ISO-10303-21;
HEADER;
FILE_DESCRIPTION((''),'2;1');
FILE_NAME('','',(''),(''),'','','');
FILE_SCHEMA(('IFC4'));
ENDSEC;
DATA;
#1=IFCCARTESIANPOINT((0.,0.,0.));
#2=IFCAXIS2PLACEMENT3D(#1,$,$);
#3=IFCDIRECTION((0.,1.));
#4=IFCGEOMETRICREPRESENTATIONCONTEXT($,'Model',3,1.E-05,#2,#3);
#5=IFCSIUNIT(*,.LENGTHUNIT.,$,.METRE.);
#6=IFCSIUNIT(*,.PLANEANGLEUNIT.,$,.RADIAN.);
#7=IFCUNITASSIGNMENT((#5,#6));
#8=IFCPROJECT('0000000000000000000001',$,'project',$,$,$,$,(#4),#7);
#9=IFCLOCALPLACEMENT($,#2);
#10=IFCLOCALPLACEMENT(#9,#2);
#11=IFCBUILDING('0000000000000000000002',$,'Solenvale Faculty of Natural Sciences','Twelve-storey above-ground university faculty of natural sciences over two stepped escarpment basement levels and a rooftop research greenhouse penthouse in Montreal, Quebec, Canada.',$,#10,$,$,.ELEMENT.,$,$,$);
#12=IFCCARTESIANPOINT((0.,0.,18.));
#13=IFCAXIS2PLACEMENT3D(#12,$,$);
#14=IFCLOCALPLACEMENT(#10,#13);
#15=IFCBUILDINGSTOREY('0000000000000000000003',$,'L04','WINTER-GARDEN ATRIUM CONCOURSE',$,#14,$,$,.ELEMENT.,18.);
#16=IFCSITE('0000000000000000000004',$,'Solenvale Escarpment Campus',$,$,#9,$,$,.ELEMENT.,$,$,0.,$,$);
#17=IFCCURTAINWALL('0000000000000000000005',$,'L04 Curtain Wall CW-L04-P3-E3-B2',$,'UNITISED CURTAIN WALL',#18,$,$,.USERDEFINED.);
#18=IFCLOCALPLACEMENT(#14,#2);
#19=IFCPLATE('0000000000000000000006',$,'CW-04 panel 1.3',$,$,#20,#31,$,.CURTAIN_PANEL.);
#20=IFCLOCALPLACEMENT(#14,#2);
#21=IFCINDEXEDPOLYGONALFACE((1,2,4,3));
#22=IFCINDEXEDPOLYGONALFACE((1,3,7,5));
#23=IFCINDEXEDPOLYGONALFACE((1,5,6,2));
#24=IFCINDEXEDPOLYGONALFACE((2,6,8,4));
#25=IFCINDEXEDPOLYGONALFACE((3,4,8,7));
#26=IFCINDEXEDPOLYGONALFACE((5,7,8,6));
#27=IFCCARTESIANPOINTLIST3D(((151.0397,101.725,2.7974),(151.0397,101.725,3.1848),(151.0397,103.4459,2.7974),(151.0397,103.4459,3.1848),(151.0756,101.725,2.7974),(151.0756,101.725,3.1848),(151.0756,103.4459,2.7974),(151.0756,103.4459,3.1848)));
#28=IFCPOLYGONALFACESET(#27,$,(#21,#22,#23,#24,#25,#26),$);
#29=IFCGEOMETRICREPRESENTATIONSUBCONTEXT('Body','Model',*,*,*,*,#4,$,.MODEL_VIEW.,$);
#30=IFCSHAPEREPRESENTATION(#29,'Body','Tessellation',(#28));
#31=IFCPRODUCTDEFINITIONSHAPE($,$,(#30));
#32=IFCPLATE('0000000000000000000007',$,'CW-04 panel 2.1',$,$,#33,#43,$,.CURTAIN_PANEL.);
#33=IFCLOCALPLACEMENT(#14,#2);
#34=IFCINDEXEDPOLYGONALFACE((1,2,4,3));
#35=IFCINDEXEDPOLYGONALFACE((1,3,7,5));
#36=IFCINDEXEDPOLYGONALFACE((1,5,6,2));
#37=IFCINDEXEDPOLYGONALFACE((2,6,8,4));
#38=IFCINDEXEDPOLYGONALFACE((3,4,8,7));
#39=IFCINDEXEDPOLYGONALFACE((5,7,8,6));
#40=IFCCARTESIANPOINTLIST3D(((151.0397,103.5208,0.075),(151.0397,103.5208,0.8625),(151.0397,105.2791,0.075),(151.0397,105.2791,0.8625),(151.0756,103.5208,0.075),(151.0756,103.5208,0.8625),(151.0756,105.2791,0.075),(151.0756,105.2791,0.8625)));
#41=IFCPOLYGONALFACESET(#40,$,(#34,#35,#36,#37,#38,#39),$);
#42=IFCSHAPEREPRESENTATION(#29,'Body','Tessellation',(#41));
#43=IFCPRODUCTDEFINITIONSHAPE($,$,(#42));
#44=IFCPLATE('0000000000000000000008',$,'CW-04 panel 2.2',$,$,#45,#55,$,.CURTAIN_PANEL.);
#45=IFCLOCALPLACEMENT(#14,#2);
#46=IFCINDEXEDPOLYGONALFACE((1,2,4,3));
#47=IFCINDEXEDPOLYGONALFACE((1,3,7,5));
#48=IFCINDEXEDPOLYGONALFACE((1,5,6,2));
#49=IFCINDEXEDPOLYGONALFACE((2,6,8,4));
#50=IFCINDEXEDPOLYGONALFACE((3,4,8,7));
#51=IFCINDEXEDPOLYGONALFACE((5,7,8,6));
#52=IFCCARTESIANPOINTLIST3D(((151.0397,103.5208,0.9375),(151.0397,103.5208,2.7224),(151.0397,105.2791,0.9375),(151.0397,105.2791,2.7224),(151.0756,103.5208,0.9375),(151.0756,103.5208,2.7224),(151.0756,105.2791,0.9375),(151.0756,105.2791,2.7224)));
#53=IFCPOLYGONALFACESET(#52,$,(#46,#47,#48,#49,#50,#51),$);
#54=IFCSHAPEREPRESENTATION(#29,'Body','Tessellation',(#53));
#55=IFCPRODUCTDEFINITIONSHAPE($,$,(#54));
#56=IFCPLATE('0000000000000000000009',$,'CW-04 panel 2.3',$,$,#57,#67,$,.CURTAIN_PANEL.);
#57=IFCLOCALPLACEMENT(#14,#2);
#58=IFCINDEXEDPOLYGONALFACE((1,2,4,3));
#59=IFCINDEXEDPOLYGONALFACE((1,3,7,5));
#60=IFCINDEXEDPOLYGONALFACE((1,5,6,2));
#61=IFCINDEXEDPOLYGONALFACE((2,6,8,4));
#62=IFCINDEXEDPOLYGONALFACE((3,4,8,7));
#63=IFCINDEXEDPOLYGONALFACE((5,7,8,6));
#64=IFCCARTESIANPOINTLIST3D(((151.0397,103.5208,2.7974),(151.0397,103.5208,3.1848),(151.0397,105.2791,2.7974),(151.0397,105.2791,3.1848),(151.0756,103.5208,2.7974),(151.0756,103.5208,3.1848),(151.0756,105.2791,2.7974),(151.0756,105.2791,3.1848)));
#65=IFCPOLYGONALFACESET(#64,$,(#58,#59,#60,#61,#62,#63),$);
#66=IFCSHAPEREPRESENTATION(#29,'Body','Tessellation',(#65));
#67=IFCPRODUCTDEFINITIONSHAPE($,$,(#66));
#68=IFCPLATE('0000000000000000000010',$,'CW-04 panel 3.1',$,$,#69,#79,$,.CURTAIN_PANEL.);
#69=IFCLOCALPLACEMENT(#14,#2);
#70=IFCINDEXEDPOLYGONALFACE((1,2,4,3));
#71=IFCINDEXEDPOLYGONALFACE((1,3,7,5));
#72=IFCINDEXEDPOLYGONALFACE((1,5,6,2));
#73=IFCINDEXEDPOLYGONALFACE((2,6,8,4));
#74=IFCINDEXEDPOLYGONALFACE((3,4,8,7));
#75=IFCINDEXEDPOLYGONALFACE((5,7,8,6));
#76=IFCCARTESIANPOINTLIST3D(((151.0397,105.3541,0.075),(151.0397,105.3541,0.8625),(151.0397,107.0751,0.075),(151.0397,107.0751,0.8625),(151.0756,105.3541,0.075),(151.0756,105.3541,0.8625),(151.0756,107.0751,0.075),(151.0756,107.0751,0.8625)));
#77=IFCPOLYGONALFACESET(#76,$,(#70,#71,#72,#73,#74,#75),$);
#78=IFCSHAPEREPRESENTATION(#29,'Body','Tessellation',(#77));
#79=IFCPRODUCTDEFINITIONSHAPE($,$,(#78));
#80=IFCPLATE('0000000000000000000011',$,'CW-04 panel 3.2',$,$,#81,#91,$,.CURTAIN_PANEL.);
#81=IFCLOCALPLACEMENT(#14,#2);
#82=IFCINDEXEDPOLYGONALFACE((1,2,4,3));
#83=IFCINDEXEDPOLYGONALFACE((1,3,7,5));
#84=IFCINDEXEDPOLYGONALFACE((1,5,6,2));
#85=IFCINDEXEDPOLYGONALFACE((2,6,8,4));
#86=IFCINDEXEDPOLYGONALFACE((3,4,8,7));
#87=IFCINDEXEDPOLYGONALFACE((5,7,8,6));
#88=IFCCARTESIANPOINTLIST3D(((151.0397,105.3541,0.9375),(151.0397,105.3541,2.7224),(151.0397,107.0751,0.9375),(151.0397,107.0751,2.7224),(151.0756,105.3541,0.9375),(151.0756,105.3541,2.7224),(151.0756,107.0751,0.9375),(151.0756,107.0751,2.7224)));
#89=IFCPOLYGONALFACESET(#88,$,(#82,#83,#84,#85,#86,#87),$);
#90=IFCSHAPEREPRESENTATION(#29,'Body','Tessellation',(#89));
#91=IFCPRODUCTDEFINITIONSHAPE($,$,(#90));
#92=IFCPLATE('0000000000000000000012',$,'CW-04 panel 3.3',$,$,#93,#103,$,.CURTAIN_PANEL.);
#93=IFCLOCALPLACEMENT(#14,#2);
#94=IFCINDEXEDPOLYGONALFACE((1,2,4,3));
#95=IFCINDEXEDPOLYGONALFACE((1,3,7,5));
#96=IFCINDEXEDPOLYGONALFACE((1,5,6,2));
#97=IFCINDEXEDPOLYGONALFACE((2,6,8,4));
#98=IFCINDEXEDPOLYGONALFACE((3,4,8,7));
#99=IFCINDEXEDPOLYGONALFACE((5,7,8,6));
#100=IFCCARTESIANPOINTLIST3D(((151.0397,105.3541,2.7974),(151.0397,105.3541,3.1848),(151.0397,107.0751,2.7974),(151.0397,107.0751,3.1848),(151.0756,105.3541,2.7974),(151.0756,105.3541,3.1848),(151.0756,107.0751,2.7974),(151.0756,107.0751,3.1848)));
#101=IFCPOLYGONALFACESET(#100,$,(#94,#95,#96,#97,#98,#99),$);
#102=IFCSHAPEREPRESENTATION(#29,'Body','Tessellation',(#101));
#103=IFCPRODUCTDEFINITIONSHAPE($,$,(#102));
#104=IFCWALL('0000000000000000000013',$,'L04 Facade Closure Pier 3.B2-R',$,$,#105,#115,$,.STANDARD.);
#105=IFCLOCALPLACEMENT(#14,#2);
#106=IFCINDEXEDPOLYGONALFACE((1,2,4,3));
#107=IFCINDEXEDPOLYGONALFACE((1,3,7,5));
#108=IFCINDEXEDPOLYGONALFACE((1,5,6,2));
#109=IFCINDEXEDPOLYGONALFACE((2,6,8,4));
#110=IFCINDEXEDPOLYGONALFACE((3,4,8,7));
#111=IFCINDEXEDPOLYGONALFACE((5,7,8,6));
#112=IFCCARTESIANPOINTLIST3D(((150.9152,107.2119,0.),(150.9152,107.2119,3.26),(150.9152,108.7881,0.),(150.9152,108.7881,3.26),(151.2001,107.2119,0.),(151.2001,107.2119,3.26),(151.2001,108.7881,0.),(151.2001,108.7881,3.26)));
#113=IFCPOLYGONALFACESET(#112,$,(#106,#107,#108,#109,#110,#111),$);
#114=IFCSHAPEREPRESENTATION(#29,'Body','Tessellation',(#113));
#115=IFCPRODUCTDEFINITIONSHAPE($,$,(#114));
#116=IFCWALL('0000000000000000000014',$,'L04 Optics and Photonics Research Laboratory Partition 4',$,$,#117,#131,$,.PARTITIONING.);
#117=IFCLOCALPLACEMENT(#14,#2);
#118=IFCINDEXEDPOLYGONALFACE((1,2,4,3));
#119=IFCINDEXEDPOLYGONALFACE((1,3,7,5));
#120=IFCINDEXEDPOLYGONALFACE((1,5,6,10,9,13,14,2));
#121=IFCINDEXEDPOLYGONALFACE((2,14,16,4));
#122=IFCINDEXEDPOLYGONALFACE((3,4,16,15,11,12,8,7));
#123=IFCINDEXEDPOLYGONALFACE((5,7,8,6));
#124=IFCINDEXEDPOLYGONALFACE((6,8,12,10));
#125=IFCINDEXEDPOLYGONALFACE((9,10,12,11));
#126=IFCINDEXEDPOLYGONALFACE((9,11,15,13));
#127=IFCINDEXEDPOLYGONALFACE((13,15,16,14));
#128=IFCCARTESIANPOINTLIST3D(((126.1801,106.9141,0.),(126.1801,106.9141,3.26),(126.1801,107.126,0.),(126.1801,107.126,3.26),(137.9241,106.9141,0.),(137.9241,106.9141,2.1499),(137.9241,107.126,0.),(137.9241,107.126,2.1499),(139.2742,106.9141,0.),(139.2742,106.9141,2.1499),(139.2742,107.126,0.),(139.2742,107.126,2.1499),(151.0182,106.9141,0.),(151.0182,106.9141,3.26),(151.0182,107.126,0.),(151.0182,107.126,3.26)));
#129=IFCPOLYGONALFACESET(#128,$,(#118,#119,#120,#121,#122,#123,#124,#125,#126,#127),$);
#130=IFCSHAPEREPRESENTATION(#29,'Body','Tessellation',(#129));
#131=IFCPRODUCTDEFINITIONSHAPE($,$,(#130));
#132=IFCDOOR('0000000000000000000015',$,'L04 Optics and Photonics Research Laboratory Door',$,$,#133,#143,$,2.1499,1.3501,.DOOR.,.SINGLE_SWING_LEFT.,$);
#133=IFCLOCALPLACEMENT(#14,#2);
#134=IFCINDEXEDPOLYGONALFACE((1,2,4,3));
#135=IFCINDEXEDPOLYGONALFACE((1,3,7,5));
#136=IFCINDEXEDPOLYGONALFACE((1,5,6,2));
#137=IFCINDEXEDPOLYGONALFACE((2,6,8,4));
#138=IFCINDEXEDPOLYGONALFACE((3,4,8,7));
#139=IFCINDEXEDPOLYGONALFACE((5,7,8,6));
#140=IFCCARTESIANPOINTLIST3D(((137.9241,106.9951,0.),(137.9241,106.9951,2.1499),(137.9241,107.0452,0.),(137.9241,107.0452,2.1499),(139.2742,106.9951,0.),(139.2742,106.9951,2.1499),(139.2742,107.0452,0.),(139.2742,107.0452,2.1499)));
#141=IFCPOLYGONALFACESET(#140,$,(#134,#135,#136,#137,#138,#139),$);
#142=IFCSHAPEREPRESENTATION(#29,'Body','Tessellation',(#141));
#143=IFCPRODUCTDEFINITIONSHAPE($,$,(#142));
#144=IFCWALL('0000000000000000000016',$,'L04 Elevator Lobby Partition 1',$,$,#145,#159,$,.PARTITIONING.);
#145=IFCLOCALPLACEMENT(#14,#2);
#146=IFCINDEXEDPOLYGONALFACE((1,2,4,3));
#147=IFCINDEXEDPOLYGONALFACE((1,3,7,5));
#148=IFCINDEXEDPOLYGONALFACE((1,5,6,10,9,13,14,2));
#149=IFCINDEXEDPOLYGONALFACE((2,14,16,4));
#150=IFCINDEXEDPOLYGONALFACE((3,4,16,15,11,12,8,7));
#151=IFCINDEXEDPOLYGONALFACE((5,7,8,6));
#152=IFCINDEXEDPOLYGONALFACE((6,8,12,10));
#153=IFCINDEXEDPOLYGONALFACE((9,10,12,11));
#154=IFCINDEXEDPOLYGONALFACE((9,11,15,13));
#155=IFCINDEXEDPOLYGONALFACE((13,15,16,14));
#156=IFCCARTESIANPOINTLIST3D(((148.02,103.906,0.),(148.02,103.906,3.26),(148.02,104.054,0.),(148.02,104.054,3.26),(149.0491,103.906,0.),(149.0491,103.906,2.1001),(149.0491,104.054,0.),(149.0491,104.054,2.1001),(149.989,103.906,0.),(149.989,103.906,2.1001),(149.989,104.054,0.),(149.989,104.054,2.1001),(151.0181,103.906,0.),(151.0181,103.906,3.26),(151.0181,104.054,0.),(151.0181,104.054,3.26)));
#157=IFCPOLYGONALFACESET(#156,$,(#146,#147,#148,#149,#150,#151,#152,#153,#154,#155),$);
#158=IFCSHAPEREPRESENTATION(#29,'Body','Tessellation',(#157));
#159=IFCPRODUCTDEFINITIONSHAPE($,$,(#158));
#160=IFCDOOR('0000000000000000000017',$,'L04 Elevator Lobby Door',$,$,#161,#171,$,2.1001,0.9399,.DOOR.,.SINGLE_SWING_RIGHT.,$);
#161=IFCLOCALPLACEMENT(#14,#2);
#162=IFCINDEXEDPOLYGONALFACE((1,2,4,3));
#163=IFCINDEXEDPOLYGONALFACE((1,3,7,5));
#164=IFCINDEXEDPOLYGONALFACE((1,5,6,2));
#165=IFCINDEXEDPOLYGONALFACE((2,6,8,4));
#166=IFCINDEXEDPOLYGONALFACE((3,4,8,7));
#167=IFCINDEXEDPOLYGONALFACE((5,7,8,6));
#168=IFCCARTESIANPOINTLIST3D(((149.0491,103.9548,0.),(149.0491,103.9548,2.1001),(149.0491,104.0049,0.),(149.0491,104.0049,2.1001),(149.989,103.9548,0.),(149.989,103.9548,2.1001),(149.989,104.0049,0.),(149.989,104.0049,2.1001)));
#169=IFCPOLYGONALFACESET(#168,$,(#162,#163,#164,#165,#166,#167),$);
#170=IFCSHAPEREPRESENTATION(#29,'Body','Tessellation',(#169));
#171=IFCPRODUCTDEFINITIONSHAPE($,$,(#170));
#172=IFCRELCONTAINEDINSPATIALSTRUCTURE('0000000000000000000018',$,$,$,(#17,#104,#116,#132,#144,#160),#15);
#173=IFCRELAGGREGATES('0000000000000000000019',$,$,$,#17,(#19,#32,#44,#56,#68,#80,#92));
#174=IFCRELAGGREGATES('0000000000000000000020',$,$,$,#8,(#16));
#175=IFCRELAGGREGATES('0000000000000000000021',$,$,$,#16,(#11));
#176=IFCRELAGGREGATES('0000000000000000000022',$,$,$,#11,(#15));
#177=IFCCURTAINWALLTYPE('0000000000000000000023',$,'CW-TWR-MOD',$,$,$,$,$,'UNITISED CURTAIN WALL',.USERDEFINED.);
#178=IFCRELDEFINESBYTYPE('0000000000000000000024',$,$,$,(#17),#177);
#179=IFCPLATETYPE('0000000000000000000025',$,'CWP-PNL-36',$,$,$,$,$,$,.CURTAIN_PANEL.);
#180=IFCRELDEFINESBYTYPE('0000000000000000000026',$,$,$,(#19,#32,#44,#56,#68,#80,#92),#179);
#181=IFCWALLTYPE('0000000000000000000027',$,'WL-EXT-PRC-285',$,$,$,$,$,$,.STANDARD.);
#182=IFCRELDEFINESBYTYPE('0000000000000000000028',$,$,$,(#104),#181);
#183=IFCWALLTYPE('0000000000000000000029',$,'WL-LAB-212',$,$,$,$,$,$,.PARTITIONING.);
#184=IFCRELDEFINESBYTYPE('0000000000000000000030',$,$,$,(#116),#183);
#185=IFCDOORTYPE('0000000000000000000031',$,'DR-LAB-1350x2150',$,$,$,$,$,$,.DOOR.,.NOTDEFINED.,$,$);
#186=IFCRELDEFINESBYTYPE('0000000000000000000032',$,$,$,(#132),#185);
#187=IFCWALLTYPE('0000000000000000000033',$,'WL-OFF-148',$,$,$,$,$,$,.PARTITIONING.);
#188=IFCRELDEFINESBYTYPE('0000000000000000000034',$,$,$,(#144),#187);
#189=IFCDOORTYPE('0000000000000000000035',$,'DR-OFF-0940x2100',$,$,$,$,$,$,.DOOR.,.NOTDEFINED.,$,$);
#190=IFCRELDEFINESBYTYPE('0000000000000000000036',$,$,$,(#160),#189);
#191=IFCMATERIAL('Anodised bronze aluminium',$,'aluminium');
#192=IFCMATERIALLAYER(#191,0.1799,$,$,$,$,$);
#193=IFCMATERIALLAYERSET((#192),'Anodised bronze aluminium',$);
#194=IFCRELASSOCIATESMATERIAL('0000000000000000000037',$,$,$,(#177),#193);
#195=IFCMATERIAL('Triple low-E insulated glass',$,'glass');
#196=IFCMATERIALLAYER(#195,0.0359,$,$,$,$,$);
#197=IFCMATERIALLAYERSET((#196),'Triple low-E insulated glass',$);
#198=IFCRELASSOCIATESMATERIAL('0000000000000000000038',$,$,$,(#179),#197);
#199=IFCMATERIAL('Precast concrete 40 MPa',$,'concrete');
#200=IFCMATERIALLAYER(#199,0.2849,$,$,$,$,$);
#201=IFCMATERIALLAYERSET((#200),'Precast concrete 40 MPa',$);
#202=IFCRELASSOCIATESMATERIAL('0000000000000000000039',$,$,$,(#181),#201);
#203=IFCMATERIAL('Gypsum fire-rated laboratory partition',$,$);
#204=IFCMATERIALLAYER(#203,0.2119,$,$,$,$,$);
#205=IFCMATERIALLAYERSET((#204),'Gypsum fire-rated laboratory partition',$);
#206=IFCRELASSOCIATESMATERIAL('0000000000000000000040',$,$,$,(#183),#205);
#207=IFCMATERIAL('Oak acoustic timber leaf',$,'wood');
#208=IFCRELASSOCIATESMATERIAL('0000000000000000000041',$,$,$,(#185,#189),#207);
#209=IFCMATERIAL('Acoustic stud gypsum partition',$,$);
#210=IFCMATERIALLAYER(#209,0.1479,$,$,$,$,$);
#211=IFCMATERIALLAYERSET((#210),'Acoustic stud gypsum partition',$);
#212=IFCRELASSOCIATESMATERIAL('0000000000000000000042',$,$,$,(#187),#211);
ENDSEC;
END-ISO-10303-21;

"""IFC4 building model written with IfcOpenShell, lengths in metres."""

from ifc_helpers import new_model, si_unit, direction, frame, frame_2d, origin, origin_2d, place, context, subcontext, project, spatial, rectangle, extrude, material, layer, layer_set, type_object, element, fill, aggregate, save


model = new_model("IFC4")

# Units and contexts
model_context = context("Model", 3, precision=1e-05, world=origin(), true_north=direction((0.0, 1.0)))
body_context = subcontext(model_context, "Body", "Model", "MODEL_VIEW")
ifc_project = project(units=[si_unit("LENGTHUNIT", "METRE"), si_unit("PLANEANGLEUNIT", "RADIAN")], contexts=[model_context])

# Site, building, storey
site_placement = place(None, origin())
site = spatial("IfcSite", under=ifc_project, at=site_placement, Name="Solenvale Escarpment Campus", CompositionType="ELEMENT", RefElevation=0.0)
building_placement = place(site_placement, origin())
building = spatial("IfcBuilding", under=site, at=building_placement, Name="Solenvale Faculty of Natural Sciences", Description="Twelve-storey above-ground university faculty of natural sciences over two stepped escarpment basement levels and a rooftop research greenhouse penthouse in Montreal, Quebec, Canada.", CompositionType="ELEMENT")
storey_placement = place(building_placement, frame((0.0, 0.0, 18.0)))
storey = spatial("IfcBuildingStorey", under=building, at=storey_placement, Name="L04", Description="WINTER-GARDEN ATRIUM CONCOURSE", CompositionType="ELEMENT", Elevation=18.0)

# Curtain wall
ifc_material_1 = material(Name="Anodised bronze aluminium", Category="aluminium")
ifc_layer_1 = layer(ifc_material_1, 0.1799)
ifc_layer_set_1 = layer_set([ifc_layer_1], Name="Anodised bronze aluminium")
curtain_wall_type = type_object("IfcCurtainWallType", Name="CW-TWR-MOD", ElementType="UNITISED CURTAIN WALL", PredefinedType="USERDEFINED", material=ifc_layer_set_1)
curtain_wall_1_placement = place(storey_placement, origin())
curtain_wall_1 = element("IfcCurtainWall", 1, at=curtain_wall_1_placement, inside=storey, type_object=curtain_wall_type, Name="L04 Curtain Wall CW-L04-P3-E3-B2", ObjectType="UNITISED CURTAIN WALL", PredefinedType="USERDEFINED")

# Plates
ifc_material_2 = material(Name="Triple low-E insulated glass", Category="glass")
ifc_layer_2 = layer(ifc_material_2, 0.0359)
ifc_layer_set_2 = layer_set([ifc_layer_2], Name="Triple low-E insulated glass")
plate_type = type_object("IfcPlateType", Name="CWP-PNL-36", PredefinedType="CURTAIN_PANEL", material=ifc_layer_set_2)
plate_1_placement = place(storey_placement, frame((151.0576, 102.5854, 2.7974), z_axis=(0.0, 0.0, 1.0), x_axis=(0.0, 1.0, 0.0)))
plate_1 = element("IfcPlate", 2, at=plate_1_placement, type_object=plate_type, Name="CW-04 panel 1.3", PredefinedType="CURTAIN_PANEL", context=body_context, shape_type="SweptSolid", body=[
    extrude(rectangle(XDim=1.7209, YDim=0.0359, at=origin_2d()), origin(), (0.0, 0.0, 1.0), 0.3875),
])
plate_2_placement = place(storey_placement, frame((151.0576, 104.3999, 0.075), z_axis=(0.0, 0.0, 1.0), x_axis=(0.0, 1.0, 0.0)))
plate_2 = element("IfcPlate", 3, at=plate_2_placement, type_object=plate_type, Name="CW-04 panel 2.1", PredefinedType="CURTAIN_PANEL", context=body_context, shape_type="SweptSolid", body=[
    extrude(rectangle(XDim=1.7583, YDim=0.0359, at=origin_2d()), origin(), (0.0, 0.0, 1.0), 0.7876),
])
plate_3_placement = place(storey_placement, frame((151.0576, 104.3999, 0.9375), z_axis=(0.0, 0.0, 1.0), x_axis=(0.0, 1.0, 0.0)))
plate_3 = element("IfcPlate", 4, at=plate_3_placement, type_object=plate_type, Name="CW-04 panel 2.2", PredefinedType="CURTAIN_PANEL", context=body_context, shape_type="SweptSolid", body=[
    extrude(rectangle(XDim=1.7583, YDim=0.0359, at=origin_2d()), origin(), (0.0, 0.0, 1.0), 1.7849),
])
plate_4_placement = place(storey_placement, frame((151.0576, 104.3999, 2.7974), z_axis=(0.0, 0.0, 1.0), x_axis=(0.0, 1.0, 0.0)))
plate_4 = element("IfcPlate", 5, at=plate_4_placement, type_object=plate_type, Name="CW-04 panel 2.3", PredefinedType="CURTAIN_PANEL", context=body_context, shape_type="SweptSolid", body=[
    extrude(rectangle(XDim=1.7583, YDim=0.0359, at=origin_2d()), origin(), (0.0, 0.0, 1.0), 0.3875),
])
plate_5_placement = place(storey_placement, frame((151.0576, 106.2146, 0.075), z_axis=(0.0, 0.0, 1.0), x_axis=(0.0, 1.0, 0.0)))
plate_5 = element("IfcPlate", 6, at=plate_5_placement, type_object=plate_type, Name="CW-04 panel 3.1", PredefinedType="CURTAIN_PANEL", context=body_context, shape_type="SweptSolid", body=[
    extrude(rectangle(XDim=1.7209, YDim=0.0359, at=origin_2d()), origin(), (0.0, 0.0, 1.0), 0.7876),
])
plate_6_placement = place(storey_placement, frame((151.0576, 106.2146, 0.9375), z_axis=(0.0, 0.0, 1.0), x_axis=(0.0, 1.0, 0.0)))
plate_6 = element("IfcPlate", 7, at=plate_6_placement, type_object=plate_type, Name="CW-04 panel 3.2", PredefinedType="CURTAIN_PANEL", context=body_context, shape_type="SweptSolid", body=[
    extrude(rectangle(XDim=1.7209, YDim=0.0359, at=origin_2d()), origin(), (0.0, 0.0, 1.0), 1.7849),
])
plate_7_placement = place(storey_placement, frame((151.0576, 106.2146, 2.7974), z_axis=(0.0, 0.0, 1.0), x_axis=(0.0, 1.0, 0.0)))
plate_7 = element("IfcPlate", 8, at=plate_7_placement, type_object=plate_type, Name="CW-04 panel 3.3", PredefinedType="CURTAIN_PANEL", context=body_context, shape_type="SweptSolid", body=[
    extrude(rectangle(XDim=1.7209, YDim=0.0359, at=origin_2d()), origin(), (0.0, 0.0, 1.0), 0.3875),
])
aggregate(curtain_wall_1, [plate_1, plate_2, plate_3, plate_4, plate_5, plate_6, plate_7])

# Wall
ifc_material_3 = material(Name="Precast concrete 40 MPa", Category="concrete")
ifc_layer_3 = layer(ifc_material_3, 0.2849)
ifc_layer_set_3 = layer_set([ifc_layer_3], Name="Precast concrete 40 MPa")
wall_type_1 = type_object("IfcWallType", Name="WL-EXT-PRC-285", PredefinedType="STANDARD", material=ifc_layer_set_3)
wall_1_placement = place(storey_placement, frame((151.0576, 107.2119, 0.0), z_axis=(0.0, 0.0, 1.0), x_axis=(0.0, 1.0, 0.0)))
element("IfcWall", 9, at=wall_1_placement, inside=storey, type_object=wall_type_1, Name="L04 Facade Closure Pier 3.B2-R", PredefinedType="STANDARD", context=body_context, shape_type="SweptSolid", body=[
    extrude(rectangle(XDim=1.5762, YDim=0.2849, at=frame_2d((0.7881, 0.0))), origin(), (0.0, 0.0, 1.0), 3.26),
])

# Walls, openings, doors
ifc_material_4 = material(Name="Gypsum fire-rated laboratory partition")
ifc_layer_4 = layer(ifc_material_4, 0.2119)
ifc_layer_set_4 = layer_set([ifc_layer_4], Name="Gypsum fire-rated laboratory partition")
wall_type_2 = type_object("IfcWallType", Name="WL-LAB-212", PredefinedType="PARTITIONING", material=ifc_layer_set_4)
wall_2_placement = place(storey_placement, frame((151.0181, 107.02, 0.0), z_axis=(0.0, 0.0, 1.0), x_axis=(-1.0, 0.0, 0.0)))
wall_2 = element("IfcWall", 10, at=wall_2_placement, inside=storey, type_object=wall_type_2, Name="L04 Optics and Photonics Research Laboratory Partition 4", PredefinedType="PARTITIONING", context=body_context, shape_type="SweptSolid", body=[
    extrude(rectangle(XDim=24.8381, YDim=0.2119, at=frame_2d((12.4189, 0.0))), origin(), (0.0, 0.0, 1.0), 3.26),
])
opening_1_placement = place(wall_2_placement, frame((11.7439, 0.0, 0.0)))
opening_1 = element("IfcOpeningElement", 11, at=opening_1_placement, cuts=wall_2, PredefinedType="OPENING", context=body_context, shape_type="SweptSolid", body=[
    extrude(rectangle(XDim=1.3501, YDim=2.1499, at=frame_2d((0.675, 1.075))), frame((0.0, 0.116, 0.0), z_axis=(0.0, -1.0, 0.0), x_axis=(1.0, 0.0, 0.0)), (0.0, 0.0, 1.0), 0.2319),
])
ifc_material_5 = material(Name="Oak acoustic timber leaf", Category="wood")
door_type_1 = type_object("IfcDoorType", Name="DR-LAB-1350x2150", OperationType="NOTDEFINED", PredefinedType="DOOR", material=ifc_material_5)
door_1_placement = place(opening_1_placement, origin())
door_1 = element("IfcDoor", 12, at=door_1_placement, inside=storey, type_object=door_type_1, Name="L04 Optics and Photonics Research Laboratory Door", OperationType="SINGLE_SWING_LEFT", OverallHeight=2.1499, OverallWidth=1.3501, PredefinedType="DOOR", context=body_context, shape_type="SweptSolid", body=[
    extrude(rectangle(XDim=1.3501, YDim=2.1499, at=frame_2d((0.675, 1.075))), frame((0.0, 0.0249, 0.0), z_axis=(0.0, -1.0, 0.0), x_axis=(1.0, 0.0, 0.0)), (0.0, 0.0, 1.0), 0.05),
])
fill(opening_1, door_1)
ifc_material_6 = material(Name="Acoustic stud gypsum partition")
ifc_layer_5 = layer(ifc_material_6, 0.1479)
ifc_layer_set_5 = layer_set([ifc_layer_5], Name="Acoustic stud gypsum partition")
wall_type_3 = type_object("IfcWallType", Name="WL-OFF-148", PredefinedType="PARTITIONING", material=ifc_layer_set_5)
wall_3_placement = place(storey_placement, frame((148.02, 103.98, 0.0), z_axis=(0.0, 0.0, 1.0), x_axis=(1.0, 0.0, 0.0)))
wall_3 = element("IfcWall", 13, at=wall_3_placement, inside=storey, type_object=wall_type_3, Name="L04 Elevator Lobby Partition 1", PredefinedType="PARTITIONING", context=body_context, shape_type="SweptSolid", body=[
    extrude(rectangle(XDim=2.998, YDim=0.1479, at=frame_2d((1.499, 0.0))), origin(), (0.0, 0.0, 1.0), 3.26),
])
opening_2_placement = place(wall_3_placement, frame((1.0291, 0.0, 0.0)))
opening_2 = element("IfcOpeningElement", 14, at=opening_2_placement, cuts=wall_3, PredefinedType="OPENING", context=body_context, shape_type="SweptSolid", body=[
    extrude(rectangle(XDim=0.9399, YDim=2.1001, at=frame_2d((0.47, 1.05))), frame((0.0, 0.084, 0.0), z_axis=(0.0, -1.0, 0.0), x_axis=(1.0, 0.0, 0.0)), (0.0, 0.0, 1.0), 0.168),
])
door_type_2 = type_object("IfcDoorType", Name="DR-OFF-0940x2100", OperationType="NOTDEFINED", PredefinedType="DOOR", material=ifc_material_5)
door_2_placement = place(opening_2_placement, origin())
door_2 = element("IfcDoor", 15, at=door_2_placement, inside=storey, type_object=door_type_2, Name="L04 Elevator Lobby Door", OperationType="SINGLE_SWING_RIGHT", OverallHeight=2.1001, OverallWidth=0.9399, PredefinedType="DOOR", context=body_context, shape_type="SweptSolid", body=[
    extrude(rectangle(XDim=0.9399, YDim=2.1001, at=frame_2d((0.47, 1.05))), frame((0.0, 0.0249, 0.0), z_axis=(0.0, -1.0, 0.0), x_axis=(1.0, 0.0, 0.0)), (0.0, 0.0, 1.0), 0.05),
])
fill(opening_2, door_2)

save(model, "model.ifc")
